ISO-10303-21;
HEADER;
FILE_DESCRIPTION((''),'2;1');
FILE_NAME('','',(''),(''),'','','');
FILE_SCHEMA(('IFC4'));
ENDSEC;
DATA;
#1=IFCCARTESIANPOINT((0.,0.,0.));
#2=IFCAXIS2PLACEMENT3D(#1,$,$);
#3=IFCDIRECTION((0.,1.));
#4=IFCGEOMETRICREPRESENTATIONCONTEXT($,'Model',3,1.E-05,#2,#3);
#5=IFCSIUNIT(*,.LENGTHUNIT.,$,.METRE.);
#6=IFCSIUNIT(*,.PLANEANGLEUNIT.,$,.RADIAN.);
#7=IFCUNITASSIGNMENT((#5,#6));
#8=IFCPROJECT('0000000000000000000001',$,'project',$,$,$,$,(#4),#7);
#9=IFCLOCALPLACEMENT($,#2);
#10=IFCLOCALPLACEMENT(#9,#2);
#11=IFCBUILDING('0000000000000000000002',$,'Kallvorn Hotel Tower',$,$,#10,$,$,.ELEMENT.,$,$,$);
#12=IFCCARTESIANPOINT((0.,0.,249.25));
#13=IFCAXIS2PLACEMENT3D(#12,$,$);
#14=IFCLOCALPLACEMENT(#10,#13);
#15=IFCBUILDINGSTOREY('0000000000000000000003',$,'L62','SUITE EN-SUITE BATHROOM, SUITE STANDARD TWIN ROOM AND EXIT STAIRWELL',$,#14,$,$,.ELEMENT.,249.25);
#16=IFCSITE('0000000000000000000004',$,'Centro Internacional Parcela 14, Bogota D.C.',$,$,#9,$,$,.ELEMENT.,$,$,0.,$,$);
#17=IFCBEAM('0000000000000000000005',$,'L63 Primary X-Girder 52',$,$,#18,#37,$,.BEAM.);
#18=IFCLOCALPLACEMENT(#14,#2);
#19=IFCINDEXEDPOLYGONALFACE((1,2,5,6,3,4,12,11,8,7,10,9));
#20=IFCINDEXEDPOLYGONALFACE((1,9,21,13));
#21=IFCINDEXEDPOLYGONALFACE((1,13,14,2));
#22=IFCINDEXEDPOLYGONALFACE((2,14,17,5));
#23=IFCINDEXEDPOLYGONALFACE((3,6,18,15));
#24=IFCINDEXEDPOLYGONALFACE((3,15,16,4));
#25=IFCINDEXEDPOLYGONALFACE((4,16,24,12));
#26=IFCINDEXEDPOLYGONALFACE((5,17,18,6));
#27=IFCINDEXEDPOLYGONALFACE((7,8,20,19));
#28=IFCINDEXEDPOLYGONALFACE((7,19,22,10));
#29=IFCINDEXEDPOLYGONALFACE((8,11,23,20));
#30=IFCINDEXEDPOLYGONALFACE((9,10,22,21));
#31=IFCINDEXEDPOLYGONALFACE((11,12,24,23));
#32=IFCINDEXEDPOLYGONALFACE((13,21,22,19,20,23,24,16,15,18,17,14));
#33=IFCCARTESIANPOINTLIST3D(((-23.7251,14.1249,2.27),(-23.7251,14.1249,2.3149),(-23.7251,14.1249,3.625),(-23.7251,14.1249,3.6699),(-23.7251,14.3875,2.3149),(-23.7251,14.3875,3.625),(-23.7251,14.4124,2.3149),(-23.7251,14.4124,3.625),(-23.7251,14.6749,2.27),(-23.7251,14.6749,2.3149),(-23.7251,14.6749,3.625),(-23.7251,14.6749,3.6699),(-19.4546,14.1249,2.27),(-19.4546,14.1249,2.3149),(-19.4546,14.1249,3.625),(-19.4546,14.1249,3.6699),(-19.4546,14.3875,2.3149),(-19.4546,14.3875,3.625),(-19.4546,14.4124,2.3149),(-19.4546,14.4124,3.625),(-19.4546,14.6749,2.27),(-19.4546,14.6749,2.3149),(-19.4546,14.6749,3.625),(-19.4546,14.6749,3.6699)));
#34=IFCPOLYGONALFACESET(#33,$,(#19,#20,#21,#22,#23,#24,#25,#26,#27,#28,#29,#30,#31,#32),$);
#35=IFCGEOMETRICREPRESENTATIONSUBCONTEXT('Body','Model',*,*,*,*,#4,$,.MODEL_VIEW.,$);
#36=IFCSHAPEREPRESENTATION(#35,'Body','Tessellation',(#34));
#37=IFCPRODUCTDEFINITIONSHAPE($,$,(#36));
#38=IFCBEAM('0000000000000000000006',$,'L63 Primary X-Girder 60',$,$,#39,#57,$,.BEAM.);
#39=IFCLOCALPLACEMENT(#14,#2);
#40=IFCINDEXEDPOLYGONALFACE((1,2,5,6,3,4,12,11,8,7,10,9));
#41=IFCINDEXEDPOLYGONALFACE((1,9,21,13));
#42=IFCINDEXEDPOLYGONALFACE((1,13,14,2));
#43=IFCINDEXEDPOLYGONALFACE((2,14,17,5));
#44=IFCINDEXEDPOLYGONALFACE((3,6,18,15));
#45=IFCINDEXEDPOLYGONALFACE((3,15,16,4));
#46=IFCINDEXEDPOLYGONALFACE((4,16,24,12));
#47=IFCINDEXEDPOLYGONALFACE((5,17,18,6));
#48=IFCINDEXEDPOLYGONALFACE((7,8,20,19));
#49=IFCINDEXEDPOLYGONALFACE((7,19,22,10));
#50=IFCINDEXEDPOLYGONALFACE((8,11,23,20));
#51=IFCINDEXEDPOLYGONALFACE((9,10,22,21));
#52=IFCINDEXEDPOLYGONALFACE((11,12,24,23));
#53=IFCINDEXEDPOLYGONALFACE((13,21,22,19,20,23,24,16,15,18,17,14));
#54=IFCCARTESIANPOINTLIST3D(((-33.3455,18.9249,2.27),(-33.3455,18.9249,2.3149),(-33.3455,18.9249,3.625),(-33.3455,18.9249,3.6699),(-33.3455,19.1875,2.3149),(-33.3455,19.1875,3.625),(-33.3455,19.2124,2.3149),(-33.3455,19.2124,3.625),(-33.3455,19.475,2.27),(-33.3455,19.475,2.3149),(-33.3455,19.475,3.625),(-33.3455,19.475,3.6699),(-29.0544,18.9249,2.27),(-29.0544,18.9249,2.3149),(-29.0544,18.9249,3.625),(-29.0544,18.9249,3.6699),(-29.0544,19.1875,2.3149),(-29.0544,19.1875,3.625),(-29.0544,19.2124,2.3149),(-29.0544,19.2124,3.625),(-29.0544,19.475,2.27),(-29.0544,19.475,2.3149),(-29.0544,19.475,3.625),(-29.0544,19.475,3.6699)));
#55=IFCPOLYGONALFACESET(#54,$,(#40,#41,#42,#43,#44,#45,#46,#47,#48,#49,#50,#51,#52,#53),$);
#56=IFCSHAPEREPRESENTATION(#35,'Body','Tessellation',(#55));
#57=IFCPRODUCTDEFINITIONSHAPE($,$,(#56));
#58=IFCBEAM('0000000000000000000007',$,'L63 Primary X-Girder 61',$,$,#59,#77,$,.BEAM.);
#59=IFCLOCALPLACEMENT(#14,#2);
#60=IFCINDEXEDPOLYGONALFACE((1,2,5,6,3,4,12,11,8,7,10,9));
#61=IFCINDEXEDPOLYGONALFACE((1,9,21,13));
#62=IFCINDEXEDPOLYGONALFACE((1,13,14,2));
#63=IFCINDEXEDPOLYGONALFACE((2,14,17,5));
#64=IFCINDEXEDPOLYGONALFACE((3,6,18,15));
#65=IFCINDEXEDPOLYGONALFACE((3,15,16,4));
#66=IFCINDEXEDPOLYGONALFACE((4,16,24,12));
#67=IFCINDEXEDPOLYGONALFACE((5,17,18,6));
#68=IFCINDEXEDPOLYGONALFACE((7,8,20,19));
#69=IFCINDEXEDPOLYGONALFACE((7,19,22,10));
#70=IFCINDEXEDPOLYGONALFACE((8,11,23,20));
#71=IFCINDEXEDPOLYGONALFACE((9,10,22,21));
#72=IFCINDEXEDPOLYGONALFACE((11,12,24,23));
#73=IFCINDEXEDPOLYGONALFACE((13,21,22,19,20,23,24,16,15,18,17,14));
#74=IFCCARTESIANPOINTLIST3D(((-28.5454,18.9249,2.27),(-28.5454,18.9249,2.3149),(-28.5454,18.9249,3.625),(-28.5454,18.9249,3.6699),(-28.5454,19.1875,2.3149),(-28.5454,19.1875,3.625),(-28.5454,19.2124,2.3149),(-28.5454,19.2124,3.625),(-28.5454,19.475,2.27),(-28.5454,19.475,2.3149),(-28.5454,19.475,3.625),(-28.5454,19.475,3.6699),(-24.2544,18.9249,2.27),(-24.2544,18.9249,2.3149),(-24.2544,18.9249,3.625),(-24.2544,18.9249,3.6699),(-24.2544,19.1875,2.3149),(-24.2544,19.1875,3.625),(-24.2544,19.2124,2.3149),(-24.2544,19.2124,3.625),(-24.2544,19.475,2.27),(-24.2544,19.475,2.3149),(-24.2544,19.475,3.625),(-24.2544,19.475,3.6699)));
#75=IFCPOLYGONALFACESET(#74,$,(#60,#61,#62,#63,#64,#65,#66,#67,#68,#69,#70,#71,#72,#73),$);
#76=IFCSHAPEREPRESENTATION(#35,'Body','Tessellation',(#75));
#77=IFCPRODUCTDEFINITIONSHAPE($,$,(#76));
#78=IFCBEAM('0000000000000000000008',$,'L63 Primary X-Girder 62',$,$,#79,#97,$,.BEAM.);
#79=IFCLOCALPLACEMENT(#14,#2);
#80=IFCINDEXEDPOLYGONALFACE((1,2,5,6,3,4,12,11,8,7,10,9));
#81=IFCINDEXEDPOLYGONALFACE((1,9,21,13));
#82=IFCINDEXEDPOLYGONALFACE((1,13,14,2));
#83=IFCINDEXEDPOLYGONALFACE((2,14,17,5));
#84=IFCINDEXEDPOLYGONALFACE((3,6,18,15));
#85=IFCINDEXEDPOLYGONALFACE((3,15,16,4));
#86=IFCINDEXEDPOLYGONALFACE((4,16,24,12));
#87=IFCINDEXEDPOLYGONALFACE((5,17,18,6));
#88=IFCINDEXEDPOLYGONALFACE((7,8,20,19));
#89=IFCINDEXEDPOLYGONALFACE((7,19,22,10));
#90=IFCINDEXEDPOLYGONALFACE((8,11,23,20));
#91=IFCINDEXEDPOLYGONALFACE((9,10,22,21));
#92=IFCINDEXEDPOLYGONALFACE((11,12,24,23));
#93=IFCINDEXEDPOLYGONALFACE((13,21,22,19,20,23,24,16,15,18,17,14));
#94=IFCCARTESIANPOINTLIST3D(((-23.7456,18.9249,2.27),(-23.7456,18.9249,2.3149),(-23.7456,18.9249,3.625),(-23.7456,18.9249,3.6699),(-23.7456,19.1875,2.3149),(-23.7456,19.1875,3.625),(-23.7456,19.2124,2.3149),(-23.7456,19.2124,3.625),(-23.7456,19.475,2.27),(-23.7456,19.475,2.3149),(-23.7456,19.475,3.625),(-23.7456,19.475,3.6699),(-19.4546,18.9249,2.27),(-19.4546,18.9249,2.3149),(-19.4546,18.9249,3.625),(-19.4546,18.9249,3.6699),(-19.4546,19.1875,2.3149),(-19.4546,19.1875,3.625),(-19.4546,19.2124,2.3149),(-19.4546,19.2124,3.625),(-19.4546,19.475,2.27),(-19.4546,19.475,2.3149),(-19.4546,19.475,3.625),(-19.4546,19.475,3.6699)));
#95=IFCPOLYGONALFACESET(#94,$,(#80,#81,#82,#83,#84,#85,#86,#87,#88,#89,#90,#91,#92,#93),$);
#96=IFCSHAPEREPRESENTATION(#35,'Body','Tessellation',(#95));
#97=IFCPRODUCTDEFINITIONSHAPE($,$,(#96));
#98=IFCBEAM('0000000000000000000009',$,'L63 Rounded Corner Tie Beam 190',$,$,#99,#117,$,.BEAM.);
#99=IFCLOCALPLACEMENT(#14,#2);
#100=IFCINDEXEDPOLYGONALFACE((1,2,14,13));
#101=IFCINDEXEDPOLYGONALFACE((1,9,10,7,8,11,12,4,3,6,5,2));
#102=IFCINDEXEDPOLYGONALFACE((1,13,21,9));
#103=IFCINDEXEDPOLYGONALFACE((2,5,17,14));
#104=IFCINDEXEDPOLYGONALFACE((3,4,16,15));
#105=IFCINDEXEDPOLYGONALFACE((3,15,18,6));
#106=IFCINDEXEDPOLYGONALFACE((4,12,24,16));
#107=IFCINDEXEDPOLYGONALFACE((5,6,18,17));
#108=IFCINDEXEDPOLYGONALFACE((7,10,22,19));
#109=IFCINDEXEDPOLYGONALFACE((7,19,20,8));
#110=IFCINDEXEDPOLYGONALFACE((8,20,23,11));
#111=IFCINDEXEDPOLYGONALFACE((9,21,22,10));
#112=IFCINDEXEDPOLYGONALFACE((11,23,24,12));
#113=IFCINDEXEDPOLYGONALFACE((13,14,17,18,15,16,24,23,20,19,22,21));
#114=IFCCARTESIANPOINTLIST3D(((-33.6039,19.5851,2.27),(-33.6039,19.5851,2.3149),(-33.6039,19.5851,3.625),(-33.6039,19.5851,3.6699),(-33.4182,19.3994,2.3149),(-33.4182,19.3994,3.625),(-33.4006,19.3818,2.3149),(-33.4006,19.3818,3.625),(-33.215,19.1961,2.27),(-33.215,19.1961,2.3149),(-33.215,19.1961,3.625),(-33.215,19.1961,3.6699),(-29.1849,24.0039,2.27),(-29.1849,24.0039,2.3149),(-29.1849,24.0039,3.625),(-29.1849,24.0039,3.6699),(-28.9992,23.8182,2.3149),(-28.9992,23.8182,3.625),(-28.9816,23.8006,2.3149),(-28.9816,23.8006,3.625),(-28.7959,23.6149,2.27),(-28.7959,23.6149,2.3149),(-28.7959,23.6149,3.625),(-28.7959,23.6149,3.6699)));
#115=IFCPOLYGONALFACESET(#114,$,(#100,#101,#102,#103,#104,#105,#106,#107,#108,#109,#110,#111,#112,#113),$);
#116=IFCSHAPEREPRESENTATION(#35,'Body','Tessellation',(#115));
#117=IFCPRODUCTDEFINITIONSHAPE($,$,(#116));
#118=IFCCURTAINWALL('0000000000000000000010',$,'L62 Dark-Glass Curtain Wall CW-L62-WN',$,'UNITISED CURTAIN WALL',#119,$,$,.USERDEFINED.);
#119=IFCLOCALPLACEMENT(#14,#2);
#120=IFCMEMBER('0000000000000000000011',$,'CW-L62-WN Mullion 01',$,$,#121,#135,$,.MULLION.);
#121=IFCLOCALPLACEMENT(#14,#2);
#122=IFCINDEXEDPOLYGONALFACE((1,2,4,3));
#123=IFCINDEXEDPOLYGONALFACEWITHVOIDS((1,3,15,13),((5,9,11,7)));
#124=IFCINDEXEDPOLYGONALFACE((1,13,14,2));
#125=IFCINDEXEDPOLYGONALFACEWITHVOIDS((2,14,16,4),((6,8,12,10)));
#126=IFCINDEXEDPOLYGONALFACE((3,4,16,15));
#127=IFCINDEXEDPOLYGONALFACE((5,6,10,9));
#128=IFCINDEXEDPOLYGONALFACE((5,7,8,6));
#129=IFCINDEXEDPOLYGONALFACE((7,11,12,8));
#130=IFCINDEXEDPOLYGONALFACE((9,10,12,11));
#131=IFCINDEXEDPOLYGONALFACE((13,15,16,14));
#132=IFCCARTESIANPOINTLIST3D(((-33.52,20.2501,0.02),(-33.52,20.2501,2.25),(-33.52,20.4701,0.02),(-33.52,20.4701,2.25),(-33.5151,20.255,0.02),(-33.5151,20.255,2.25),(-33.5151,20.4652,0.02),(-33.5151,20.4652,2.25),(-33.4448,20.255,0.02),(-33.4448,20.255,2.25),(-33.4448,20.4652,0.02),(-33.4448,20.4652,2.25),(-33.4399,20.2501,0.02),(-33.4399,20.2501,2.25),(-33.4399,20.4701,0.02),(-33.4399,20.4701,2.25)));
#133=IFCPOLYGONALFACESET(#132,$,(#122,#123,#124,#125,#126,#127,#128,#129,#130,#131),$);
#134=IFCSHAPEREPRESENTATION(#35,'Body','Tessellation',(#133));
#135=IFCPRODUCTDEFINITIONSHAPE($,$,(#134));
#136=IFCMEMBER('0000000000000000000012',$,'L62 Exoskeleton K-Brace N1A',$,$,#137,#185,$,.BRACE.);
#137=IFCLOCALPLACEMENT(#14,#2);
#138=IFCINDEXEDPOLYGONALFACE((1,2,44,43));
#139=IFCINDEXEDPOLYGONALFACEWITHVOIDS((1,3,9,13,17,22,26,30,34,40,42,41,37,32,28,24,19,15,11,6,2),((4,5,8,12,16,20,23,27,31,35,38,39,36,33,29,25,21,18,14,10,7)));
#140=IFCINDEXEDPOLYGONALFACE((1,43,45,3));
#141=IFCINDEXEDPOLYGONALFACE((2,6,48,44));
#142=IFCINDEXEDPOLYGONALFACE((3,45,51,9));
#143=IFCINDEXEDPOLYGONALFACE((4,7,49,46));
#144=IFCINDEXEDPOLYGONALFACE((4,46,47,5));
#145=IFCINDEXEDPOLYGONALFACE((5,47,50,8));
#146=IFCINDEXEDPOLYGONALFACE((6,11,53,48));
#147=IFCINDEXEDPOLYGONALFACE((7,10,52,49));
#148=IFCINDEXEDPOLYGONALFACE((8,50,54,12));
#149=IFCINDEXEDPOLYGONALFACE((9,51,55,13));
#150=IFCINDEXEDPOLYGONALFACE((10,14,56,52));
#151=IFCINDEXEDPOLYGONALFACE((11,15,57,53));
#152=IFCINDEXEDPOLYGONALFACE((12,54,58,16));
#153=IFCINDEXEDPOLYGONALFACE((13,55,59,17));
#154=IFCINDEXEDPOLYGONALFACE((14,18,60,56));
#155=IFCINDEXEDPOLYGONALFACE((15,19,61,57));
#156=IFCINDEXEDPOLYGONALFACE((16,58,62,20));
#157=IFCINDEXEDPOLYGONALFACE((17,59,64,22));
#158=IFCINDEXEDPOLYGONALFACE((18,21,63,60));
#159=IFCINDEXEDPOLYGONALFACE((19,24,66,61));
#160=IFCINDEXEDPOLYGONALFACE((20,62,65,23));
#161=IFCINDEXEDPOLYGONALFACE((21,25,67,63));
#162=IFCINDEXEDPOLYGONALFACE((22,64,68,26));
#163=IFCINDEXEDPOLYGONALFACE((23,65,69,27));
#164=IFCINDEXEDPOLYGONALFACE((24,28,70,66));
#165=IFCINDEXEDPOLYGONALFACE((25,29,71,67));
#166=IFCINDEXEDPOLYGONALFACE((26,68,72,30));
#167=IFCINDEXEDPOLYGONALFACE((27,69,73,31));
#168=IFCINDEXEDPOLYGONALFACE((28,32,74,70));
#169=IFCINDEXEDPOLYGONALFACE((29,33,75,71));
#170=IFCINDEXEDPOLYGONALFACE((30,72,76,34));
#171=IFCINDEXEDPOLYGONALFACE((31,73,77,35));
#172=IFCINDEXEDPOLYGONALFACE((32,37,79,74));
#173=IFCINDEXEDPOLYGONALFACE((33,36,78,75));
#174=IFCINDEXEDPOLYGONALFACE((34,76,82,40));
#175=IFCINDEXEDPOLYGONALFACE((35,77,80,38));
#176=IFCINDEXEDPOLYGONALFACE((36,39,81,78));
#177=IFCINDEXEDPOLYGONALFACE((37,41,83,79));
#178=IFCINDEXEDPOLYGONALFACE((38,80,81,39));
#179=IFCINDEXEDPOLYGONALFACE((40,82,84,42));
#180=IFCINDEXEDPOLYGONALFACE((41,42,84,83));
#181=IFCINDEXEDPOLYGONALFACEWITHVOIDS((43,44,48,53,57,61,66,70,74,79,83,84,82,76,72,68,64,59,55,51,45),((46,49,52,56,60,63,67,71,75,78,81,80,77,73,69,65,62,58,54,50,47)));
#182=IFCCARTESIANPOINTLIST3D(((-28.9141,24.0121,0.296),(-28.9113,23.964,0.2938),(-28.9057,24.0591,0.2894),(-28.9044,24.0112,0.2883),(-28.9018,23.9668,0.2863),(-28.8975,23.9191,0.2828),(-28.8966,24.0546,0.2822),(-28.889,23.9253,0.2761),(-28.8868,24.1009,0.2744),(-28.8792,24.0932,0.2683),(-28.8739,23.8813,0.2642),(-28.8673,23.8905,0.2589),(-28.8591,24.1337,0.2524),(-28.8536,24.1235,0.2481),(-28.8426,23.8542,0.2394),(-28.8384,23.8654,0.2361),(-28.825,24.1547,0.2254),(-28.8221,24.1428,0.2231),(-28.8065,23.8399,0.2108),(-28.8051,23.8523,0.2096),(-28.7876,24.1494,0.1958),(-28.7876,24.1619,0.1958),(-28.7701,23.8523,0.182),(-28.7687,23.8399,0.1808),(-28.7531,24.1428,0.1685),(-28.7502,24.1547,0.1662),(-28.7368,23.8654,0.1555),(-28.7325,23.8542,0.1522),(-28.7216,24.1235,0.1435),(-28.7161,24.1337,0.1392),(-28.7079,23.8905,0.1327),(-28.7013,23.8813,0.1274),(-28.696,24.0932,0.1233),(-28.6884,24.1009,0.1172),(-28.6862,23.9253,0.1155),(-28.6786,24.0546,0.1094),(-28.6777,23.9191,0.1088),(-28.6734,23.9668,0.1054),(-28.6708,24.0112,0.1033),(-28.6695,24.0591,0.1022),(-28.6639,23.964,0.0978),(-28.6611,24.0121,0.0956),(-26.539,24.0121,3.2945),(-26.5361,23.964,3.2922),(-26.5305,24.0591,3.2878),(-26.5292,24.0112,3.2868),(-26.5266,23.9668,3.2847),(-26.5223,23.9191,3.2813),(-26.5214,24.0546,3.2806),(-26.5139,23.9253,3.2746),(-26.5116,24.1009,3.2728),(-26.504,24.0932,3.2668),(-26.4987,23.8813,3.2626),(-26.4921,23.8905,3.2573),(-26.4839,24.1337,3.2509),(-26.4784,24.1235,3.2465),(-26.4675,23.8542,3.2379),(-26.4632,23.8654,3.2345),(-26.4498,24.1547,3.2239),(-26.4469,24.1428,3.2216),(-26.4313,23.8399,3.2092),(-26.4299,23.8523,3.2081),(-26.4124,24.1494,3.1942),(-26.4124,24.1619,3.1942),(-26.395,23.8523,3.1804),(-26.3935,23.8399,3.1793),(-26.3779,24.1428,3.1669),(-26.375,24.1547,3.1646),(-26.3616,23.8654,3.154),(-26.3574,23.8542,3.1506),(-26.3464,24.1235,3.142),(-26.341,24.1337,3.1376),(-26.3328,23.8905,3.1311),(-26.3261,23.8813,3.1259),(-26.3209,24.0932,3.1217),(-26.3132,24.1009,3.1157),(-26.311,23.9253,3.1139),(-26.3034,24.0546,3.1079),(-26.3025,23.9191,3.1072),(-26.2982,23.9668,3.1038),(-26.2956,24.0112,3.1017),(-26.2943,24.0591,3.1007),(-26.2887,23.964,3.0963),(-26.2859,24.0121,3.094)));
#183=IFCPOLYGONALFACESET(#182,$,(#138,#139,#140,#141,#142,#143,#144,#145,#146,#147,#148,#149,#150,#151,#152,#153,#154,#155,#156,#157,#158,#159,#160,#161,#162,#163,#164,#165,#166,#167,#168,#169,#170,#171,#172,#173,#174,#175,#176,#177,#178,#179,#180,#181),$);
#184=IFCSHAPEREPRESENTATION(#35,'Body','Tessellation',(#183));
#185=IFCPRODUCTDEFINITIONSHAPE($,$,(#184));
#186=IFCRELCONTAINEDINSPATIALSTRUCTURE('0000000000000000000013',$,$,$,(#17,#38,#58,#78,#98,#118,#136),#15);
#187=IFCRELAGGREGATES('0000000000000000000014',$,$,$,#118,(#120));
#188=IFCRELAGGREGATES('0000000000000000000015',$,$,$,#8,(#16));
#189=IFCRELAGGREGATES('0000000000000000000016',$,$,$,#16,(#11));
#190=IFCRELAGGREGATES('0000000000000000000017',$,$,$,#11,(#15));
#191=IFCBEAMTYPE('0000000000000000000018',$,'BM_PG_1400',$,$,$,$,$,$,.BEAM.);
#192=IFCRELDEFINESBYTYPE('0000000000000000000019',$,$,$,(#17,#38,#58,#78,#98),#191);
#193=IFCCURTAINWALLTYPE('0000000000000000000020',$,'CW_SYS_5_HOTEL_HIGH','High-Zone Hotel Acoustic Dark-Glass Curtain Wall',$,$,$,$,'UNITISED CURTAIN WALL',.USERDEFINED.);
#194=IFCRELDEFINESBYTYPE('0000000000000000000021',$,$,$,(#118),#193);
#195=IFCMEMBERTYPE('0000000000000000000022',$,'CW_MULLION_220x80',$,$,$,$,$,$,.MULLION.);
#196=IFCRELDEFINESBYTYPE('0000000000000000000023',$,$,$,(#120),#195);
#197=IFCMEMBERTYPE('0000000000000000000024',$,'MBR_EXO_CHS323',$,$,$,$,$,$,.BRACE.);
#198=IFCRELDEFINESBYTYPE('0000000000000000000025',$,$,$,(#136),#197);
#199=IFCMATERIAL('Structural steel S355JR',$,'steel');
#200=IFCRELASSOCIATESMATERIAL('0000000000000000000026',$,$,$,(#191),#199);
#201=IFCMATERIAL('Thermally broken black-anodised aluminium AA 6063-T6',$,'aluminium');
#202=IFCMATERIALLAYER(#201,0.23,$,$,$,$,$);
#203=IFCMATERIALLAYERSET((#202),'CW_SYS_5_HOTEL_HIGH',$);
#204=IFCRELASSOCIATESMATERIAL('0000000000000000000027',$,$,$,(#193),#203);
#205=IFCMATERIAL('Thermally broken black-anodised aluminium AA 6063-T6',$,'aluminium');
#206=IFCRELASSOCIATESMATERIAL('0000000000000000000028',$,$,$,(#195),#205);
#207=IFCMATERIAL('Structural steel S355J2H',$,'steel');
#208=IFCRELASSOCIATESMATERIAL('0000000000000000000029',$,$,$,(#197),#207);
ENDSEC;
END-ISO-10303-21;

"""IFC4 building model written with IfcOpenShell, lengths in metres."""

from ifc_helpers import new_model, si_unit, direction, frame, origin, origin_2d, place, context, subcontext, project, spatial, hollow_rectangle, hollow_circle, i_section, extrude, material, layer, layer_set, material_profile, profile_set, type_object, element, aggregate, save


model = new_model("IFC4")

# Units and contexts
model_context = context("Model", 3, precision=1e-05, world=origin(), true_north=direction((0.0, 1.0)))
body_context = subcontext(model_context, "Body", "Model", "MODEL_VIEW")
ifc_project = project(units=[si_unit("LENGTHUNIT", "METRE"), si_unit("PLANEANGLEUNIT", "RADIAN")], contexts=[model_context])

# Site, building, storey
site_placement = place(None, origin())
site = spatial("IfcSite", under=ifc_project, at=site_placement, Name="Centro Internacional Parcela 14, Bogota D.C.", CompositionType="ELEMENT", RefElevation=0.0)
building_placement = place(site_placement, origin())
building = spatial("IfcBuilding", under=site, at=building_placement, Name="Kallvorn Hotel Tower", CompositionType="ELEMENT")
storey_placement = place(building_placement, frame((0.0, 0.0, 249.25)))
storey = spatial("IfcBuildingStorey", under=building, at=storey_placement, Name="L62", Description="SUITE EN-SUITE BATHROOM, SUITE STANDARD TWIN ROOM AND EXIT STAIRWELL", CompositionType="ELEMENT", Elevation=249.25)

# Beams
ifc_material_1 = material(Name="Structural steel S355JR", Category="steel")
ifc_material_profile_1 = material_profile(ifc_material_1, i_section(OverallWidth=0.55, OverallDepth=1.3999, WebThickness=0.0249, FlangeThickness=0.0449, at=origin_2d()), Name="PG 1400x550x25x45")
ifc_profile_set_1 = profile_set([ifc_material_profile_1], Name="Structural steel S355JR")
beam_type_1 = type_object("IfcBeamType", Name="BM_PG_1400", PredefinedType="BEAM", material=ifc_profile_set_1)
for number, where, z_axis, x_axis, name in (
    (1, (-23.7251, 14.3999, 2.97), (1.0, 0.0, 0.0), (0.0, 1.0, 0.0), "L63 Primary X-Girder 52"),
):
    element("IfcBeam", number, at=place(storey_placement, frame(where, z_axis=z_axis, x_axis=x_axis)), inside=storey, type_object=beam_type_1, Name=name, PredefinedType="BEAM", context=body_context, shape_type="SweptSolid", body=[
        extrude(i_section(OverallWidth=0.55, OverallDepth=1.3999, WebThickness=0.0249, FlangeThickness=0.0449, at=origin_2d()), origin(), (0.0, 0.0, 1.0), 4.2705),
    ])
for number, where, z_axis, x_axis, name in (
    (2, (-33.3455, 19.2, 2.97), (1.0, 0.0, 0.0), (0.0, 1.0, 0.0), "L63 Primary X-Girder 60"),
    (3, (-28.5454, 19.2, 2.97), (1.0, 0.0, 0.0), (0.0, 1.0, 0.0), "L63 Primary X-Girder 61"),
    (4, (-23.7456, 19.2, 2.97), (1.0, 0.0, 0.0), (0.0, 1.0, 0.0), "L63 Primary X-Girder 62"),
):
    element("IfcBeam", number, at=place(storey_placement, frame(where, z_axis=z_axis, x_axis=x_axis)), inside=storey, type_object=beam_type_1, Name=name, PredefinedType="BEAM", context=body_context, shape_type="SweptSolid", body=[
        extrude(i_section(OverallWidth=0.55, OverallDepth=1.3999, WebThickness=0.0249, FlangeThickness=0.0449, at=origin_2d()), origin(), (0.0, 0.0, 1.0), 4.291),
    ])
beam_1_placement = place(storey_placement, frame((-33.4094, 19.3906, 2.97), z_axis=(0.707126, 0.707087, 0.0), x_axis=(-0.707087, 0.707126, 0.0)))
element("IfcBeam", 5, at=beam_1_placement, inside=storey, type_object=beam_type_1, Name="L63 Rounded Corner Tie Beam 190", PredefinedType="BEAM", context=body_context, shape_type="SweptSolid", body=[
    extrude(i_section(OverallWidth=0.55, OverallDepth=1.3999, WebThickness=0.0249, FlangeThickness=0.0449, at=origin_2d()), origin(), (0.0, 0.0, 1.0), 6.2493),
])

# Curtain wall, member
ifc_material_2 = material(Name="Thermally broken black-anodised aluminium AA 6063-T6", Category="aluminium")
ifc_layer_1 = layer(ifc_material_2, 0.23)
ifc_layer_set_1 = layer_set([ifc_layer_1], Name="CW_SYS_5_HOTEL_HIGH")
curtain_wall_type = type_object("IfcCurtainWallType", Name="CW_SYS_5_HOTEL_HIGH", Description="High-Zone Hotel Acoustic Dark-Glass Curtain Wall", ElementType="UNITISED CURTAIN WALL", PredefinedType="USERDEFINED", material=ifc_layer_set_1)
curtain_wall_placement = place(storey_placement, origin())
curtain_wall = element("IfcCurtainWall", 6, at=curtain_wall_placement, inside=storey, type_object=curtain_wall_type, Name="L62 Dark-Glass Curtain Wall CW-L62-WN", ObjectType="UNITISED CURTAIN WALL", PredefinedType="USERDEFINED")
ifc_material_3 = material(Name="Thermally broken black-anodised aluminium AA 6063-T6", Category="aluminium")
ifc_material_profile_2 = material_profile(ifc_material_3, hollow_rectangle(XDim=0.0801, YDim=0.22, WallThickness=0.0049, at=origin_2d()), Name="MUL 220x80")
ifc_profile_set_2 = profile_set([ifc_material_profile_2], Name="Thermally broken black-anodised aluminium AA 6063-T6")
member_type_1 = type_object("IfcMemberType", Name="CW_MULLION_220x80", PredefinedType="MULLION", material=ifc_profile_set_2)
member_placement = place(storey_placement, frame((-33.48, 20.3601, 0.02), z_axis=(0.0, 0.0, 1.0), x_axis=(1.0, 0.0, 0.0)))
member = element("IfcMember", 7, at=member_placement, type_object=member_type_1, Name="CW-L62-WN Mullion 01", PredefinedType="MULLION", context=body_context, shape_type="SweptSolid", body=[
    extrude(hollow_rectangle(XDim=0.0801, YDim=0.22, WallThickness=0.0049, at=origin_2d()), origin(), (0.0, 0.0, 1.0), 2.23),
])
aggregate(curtain_wall, [member])

# Member
ifc_material_4 = material(Name="Structural steel S355J2H", Category="steel")
ifc_material_profile_3 = material_profile(ifc_material_4, hollow_circle(Radius=0.1619, WallThickness=0.0125, at=origin_2d()), Name="CHS 323.9x12.5")
ifc_profile_set_3 = profile_set([ifc_material_profile_3], Name="Structural steel S355J2H")
member_type_2 = type_object("IfcMemberType", Name="MBR_EXO_CHS323", PredefinedType="BRACE", material=ifc_profile_set_3)
for number, where, z_axis, x_axis, name in (
    (8, (-28.7876, 24.0, 0.1958), (0.620929, 0.0, 0.783867), (0.0, 1.0, 0.0), "L62 Exoskeleton K-Brace N1A"),
):
    element("IfcMember", number, at=place(storey_placement, frame(where, z_axis=z_axis, x_axis=x_axis)), inside=storey, type_object=member_type_2, Name=name, PredefinedType="BRACE", context=body_context, shape_type="SweptSolid", body=[
        extrude(hollow_circle(Radius=0.1619, WallThickness=0.0125, at=origin_2d()), origin(), (0.0, 0.0, 1.0), 3.8252),
    ])

save(model, "model.ifc")
